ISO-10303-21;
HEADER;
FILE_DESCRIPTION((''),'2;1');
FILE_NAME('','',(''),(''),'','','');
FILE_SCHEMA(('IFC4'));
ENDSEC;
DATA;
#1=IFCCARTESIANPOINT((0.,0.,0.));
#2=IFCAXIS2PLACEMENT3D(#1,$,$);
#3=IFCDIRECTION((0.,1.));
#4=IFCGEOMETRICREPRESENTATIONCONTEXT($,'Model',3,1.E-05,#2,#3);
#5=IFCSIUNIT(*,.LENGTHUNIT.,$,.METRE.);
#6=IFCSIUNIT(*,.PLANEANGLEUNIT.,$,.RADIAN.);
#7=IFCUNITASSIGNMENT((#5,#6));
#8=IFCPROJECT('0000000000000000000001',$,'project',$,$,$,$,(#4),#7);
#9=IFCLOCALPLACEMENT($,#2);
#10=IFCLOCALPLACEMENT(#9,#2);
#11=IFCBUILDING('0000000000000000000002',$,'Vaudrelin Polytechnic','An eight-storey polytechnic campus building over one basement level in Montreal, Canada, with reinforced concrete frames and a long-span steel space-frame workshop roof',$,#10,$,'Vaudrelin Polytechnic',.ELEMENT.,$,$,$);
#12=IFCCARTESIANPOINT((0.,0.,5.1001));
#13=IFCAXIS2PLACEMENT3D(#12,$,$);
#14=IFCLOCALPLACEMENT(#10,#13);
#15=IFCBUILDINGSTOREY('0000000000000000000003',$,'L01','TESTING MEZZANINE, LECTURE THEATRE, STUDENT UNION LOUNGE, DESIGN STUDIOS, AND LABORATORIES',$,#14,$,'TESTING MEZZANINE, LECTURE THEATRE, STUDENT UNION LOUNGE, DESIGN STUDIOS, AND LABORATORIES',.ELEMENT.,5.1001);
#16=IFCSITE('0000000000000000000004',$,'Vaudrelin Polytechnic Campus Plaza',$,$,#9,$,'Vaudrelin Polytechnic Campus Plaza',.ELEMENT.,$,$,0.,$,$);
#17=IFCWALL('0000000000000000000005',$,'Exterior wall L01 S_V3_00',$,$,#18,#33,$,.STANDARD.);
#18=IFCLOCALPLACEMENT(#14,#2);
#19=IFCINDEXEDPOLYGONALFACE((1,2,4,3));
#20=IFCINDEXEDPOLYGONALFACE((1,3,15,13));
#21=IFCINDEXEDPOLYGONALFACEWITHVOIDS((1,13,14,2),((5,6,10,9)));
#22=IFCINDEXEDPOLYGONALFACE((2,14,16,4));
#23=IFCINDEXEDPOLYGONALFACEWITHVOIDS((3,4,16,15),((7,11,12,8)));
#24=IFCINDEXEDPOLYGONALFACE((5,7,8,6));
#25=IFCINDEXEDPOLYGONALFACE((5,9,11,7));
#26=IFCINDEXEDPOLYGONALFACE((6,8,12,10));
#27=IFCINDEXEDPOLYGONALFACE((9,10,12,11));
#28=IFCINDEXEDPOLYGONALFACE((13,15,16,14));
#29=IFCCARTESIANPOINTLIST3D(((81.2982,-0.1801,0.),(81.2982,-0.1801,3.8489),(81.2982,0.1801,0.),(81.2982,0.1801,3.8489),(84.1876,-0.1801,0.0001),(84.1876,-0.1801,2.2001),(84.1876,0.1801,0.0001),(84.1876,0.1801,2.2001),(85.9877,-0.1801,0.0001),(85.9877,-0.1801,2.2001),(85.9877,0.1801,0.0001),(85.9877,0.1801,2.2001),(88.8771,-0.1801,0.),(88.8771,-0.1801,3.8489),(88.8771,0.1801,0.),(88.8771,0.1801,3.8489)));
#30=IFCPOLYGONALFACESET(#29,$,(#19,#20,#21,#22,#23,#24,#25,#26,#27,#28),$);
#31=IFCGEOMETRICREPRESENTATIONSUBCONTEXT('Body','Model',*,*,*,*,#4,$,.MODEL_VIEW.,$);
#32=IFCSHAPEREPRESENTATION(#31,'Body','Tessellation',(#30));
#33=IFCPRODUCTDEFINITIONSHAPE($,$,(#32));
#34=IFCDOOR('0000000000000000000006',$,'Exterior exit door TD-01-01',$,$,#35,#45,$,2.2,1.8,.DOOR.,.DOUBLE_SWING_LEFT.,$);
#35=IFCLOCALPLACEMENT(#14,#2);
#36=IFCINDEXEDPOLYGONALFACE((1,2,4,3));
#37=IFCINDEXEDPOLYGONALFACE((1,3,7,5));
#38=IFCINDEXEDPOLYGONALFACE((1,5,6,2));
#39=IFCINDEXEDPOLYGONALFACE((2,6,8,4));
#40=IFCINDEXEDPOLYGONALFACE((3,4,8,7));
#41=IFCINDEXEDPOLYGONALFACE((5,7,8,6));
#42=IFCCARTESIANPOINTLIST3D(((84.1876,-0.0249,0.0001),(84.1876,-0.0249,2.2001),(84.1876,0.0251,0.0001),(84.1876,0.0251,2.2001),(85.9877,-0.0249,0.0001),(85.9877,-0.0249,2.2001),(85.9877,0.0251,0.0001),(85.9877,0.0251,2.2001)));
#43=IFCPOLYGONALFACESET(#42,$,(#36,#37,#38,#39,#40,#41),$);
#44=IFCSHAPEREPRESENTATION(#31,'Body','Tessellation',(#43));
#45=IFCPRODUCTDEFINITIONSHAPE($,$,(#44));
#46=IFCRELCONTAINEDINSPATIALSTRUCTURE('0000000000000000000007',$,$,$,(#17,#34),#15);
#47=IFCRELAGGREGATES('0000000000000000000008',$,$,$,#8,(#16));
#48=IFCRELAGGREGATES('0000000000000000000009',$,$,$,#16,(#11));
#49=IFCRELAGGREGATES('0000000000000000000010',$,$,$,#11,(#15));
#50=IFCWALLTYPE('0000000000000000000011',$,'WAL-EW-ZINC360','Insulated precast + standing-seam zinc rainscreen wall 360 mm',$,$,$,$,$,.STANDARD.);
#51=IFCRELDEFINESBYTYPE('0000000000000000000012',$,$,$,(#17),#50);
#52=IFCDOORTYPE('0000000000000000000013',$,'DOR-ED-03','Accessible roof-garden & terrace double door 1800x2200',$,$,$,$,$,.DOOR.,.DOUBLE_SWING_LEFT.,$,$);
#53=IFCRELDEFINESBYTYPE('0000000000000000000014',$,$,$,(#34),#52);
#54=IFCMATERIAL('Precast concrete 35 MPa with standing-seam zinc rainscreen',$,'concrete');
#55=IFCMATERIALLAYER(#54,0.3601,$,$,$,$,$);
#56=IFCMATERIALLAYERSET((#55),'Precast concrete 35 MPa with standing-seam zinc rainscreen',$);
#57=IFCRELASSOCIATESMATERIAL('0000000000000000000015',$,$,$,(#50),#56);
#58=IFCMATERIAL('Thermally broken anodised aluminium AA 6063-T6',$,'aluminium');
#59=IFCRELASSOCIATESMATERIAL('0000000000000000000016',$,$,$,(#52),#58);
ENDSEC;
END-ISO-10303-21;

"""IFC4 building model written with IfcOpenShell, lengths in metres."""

from ifc_helpers import new_model, si_unit, direction, frame, frame_2d, origin, place, context, subcontext, project, spatial, rectangle, extrude, material, layer, layer_set, type_object, element, fill, save


model = new_model("IFC4")

# Units and contexts
model_context = context("Model", 3, precision=1e-05, world=origin(), true_north=direction((0.0, 1.0)))
body_context = subcontext(model_context, "Body", "Model", "MODEL_VIEW")
ifc_project = project(units=[si_unit("LENGTHUNIT", "METRE"), si_unit("PLANEANGLEUNIT", "RADIAN")], contexts=[model_context])

# Site, building, storey
site_placement = place(None, origin())
site = spatial("IfcSite", under=ifc_project, at=site_placement, Name="Vaudrelin Polytechnic Campus Plaza", LongName="Vaudrelin Polytechnic Campus Plaza", CompositionType="ELEMENT", RefElevation=0.0)
building_placement = place(site_placement, origin())
building = spatial("IfcBuilding", under=site, at=building_placement, Name="Vaudrelin Polytechnic", Description="An eight-storey polytechnic campus building over one basement level in Montreal, Canada, with reinforced concrete frames and a long-span steel space-frame workshop roof", LongName="Vaudrelin Polytechnic", CompositionType="ELEMENT")
storey_placement = place(building_placement, frame((0.0, 0.0, 5.1001)))
storey = spatial("IfcBuildingStorey", under=building, at=storey_placement, Name="L01", Description="TESTING MEZZANINE, LECTURE THEATRE, STUDENT UNION LOUNGE, DESIGN STUDIOS, AND LABORATORIES", LongName="TESTING MEZZANINE, LECTURE THEATRE, STUDENT UNION LOUNGE, DESIGN STUDIOS, AND LABORATORIES", CompositionType="ELEMENT", Elevation=5.1001)

# Wall, opening, door
ifc_material_1 = material(Name="Precast concrete 35 MPa with standing-seam zinc rainscreen", Category="concrete")
ifc_layer_1 = layer(ifc_material_1, 0.3601)
ifc_layer_set_1 = layer_set([ifc_layer_1], Name="Precast concrete 35 MPa with standing-seam zinc rainscreen")
wall_type = type_object("IfcWallType", Name="WAL-EW-ZINC360", Description="Insulated precast + standing-seam zinc rainscreen wall 360 mm", PredefinedType="STANDARD", material=ifc_layer_set_1)
wall_placement = place(storey_placement, frame((81.2981, 0.0, 0.0), z_axis=(0.0, 0.0, 1.0), x_axis=(1.0, 0.0, 0.0)))
wall = element("IfcWall", 1, at=wall_placement, inside=storey, type_object=wall_type, Name="Exterior wall L01 S_V3_00", PredefinedType="STANDARD", context=body_context, shape_type="SweptSolid", body=[
    extrude(rectangle(XDim=7.5789, YDim=0.3601, at=frame_2d((3.7896, 0.0))), origin(), (0.0, 0.0, 1.0), 3.8489),
])
opening_placement = place(wall_placement, frame((4.6895, 0.0, 0.0), z_axis=(0.0, 0.0, 1.0), x_axis=(-1.0, 0.0, 0.0)))
opening = element("IfcOpeningElement", 2, at=opening_placement, cuts=wall, PredefinedType="OPENING", context=body_context, shape_type="SweptSolid", body=[
    extrude(rectangle(XDim=1.8, YDim=2.2, at=frame_2d((0.8999, 1.1001))), frame((0.0, 0.1899, 0.0), z_axis=(0.0, -1.0, 0.0), x_axis=(1.0, 0.0, 0.0)), (0.0, 0.0, 1.0), 0.3801),
])
ifc_material_2 = material(Name="Thermally broken anodised aluminium AA 6063-T6", Category="aluminium")
door_type = type_object("IfcDoorType", Name="DOR-ED-03", Description="Accessible roof-garden & terrace double door 1800x2200", OperationType="DOUBLE_SWING_LEFT", PredefinedType="DOOR", material=ifc_material_2)
door_placement = place(opening_placement, origin())
door = element("IfcDoor", 3, at=door_placement, inside=storey, type_object=door_type, Name="Exterior exit door TD-01-01", OperationType="DOUBLE_SWING_LEFT", OverallHeight=2.2, OverallWidth=1.8, PredefinedType="DOOR", context=body_context, shape_type="SweptSolid", body=[
    extrude(rectangle(XDim=1.8, YDim=2.2, at=frame_2d((0.8999, 1.1001))), frame((0.0, 0.0249, 0.0), z_axis=(0.0, -1.0, 0.0), x_axis=(1.0, 0.0, 0.0)), (0.0, 0.0, 1.0), 0.05),
])
fill(opening, door)

save(model, "model.ifc")
